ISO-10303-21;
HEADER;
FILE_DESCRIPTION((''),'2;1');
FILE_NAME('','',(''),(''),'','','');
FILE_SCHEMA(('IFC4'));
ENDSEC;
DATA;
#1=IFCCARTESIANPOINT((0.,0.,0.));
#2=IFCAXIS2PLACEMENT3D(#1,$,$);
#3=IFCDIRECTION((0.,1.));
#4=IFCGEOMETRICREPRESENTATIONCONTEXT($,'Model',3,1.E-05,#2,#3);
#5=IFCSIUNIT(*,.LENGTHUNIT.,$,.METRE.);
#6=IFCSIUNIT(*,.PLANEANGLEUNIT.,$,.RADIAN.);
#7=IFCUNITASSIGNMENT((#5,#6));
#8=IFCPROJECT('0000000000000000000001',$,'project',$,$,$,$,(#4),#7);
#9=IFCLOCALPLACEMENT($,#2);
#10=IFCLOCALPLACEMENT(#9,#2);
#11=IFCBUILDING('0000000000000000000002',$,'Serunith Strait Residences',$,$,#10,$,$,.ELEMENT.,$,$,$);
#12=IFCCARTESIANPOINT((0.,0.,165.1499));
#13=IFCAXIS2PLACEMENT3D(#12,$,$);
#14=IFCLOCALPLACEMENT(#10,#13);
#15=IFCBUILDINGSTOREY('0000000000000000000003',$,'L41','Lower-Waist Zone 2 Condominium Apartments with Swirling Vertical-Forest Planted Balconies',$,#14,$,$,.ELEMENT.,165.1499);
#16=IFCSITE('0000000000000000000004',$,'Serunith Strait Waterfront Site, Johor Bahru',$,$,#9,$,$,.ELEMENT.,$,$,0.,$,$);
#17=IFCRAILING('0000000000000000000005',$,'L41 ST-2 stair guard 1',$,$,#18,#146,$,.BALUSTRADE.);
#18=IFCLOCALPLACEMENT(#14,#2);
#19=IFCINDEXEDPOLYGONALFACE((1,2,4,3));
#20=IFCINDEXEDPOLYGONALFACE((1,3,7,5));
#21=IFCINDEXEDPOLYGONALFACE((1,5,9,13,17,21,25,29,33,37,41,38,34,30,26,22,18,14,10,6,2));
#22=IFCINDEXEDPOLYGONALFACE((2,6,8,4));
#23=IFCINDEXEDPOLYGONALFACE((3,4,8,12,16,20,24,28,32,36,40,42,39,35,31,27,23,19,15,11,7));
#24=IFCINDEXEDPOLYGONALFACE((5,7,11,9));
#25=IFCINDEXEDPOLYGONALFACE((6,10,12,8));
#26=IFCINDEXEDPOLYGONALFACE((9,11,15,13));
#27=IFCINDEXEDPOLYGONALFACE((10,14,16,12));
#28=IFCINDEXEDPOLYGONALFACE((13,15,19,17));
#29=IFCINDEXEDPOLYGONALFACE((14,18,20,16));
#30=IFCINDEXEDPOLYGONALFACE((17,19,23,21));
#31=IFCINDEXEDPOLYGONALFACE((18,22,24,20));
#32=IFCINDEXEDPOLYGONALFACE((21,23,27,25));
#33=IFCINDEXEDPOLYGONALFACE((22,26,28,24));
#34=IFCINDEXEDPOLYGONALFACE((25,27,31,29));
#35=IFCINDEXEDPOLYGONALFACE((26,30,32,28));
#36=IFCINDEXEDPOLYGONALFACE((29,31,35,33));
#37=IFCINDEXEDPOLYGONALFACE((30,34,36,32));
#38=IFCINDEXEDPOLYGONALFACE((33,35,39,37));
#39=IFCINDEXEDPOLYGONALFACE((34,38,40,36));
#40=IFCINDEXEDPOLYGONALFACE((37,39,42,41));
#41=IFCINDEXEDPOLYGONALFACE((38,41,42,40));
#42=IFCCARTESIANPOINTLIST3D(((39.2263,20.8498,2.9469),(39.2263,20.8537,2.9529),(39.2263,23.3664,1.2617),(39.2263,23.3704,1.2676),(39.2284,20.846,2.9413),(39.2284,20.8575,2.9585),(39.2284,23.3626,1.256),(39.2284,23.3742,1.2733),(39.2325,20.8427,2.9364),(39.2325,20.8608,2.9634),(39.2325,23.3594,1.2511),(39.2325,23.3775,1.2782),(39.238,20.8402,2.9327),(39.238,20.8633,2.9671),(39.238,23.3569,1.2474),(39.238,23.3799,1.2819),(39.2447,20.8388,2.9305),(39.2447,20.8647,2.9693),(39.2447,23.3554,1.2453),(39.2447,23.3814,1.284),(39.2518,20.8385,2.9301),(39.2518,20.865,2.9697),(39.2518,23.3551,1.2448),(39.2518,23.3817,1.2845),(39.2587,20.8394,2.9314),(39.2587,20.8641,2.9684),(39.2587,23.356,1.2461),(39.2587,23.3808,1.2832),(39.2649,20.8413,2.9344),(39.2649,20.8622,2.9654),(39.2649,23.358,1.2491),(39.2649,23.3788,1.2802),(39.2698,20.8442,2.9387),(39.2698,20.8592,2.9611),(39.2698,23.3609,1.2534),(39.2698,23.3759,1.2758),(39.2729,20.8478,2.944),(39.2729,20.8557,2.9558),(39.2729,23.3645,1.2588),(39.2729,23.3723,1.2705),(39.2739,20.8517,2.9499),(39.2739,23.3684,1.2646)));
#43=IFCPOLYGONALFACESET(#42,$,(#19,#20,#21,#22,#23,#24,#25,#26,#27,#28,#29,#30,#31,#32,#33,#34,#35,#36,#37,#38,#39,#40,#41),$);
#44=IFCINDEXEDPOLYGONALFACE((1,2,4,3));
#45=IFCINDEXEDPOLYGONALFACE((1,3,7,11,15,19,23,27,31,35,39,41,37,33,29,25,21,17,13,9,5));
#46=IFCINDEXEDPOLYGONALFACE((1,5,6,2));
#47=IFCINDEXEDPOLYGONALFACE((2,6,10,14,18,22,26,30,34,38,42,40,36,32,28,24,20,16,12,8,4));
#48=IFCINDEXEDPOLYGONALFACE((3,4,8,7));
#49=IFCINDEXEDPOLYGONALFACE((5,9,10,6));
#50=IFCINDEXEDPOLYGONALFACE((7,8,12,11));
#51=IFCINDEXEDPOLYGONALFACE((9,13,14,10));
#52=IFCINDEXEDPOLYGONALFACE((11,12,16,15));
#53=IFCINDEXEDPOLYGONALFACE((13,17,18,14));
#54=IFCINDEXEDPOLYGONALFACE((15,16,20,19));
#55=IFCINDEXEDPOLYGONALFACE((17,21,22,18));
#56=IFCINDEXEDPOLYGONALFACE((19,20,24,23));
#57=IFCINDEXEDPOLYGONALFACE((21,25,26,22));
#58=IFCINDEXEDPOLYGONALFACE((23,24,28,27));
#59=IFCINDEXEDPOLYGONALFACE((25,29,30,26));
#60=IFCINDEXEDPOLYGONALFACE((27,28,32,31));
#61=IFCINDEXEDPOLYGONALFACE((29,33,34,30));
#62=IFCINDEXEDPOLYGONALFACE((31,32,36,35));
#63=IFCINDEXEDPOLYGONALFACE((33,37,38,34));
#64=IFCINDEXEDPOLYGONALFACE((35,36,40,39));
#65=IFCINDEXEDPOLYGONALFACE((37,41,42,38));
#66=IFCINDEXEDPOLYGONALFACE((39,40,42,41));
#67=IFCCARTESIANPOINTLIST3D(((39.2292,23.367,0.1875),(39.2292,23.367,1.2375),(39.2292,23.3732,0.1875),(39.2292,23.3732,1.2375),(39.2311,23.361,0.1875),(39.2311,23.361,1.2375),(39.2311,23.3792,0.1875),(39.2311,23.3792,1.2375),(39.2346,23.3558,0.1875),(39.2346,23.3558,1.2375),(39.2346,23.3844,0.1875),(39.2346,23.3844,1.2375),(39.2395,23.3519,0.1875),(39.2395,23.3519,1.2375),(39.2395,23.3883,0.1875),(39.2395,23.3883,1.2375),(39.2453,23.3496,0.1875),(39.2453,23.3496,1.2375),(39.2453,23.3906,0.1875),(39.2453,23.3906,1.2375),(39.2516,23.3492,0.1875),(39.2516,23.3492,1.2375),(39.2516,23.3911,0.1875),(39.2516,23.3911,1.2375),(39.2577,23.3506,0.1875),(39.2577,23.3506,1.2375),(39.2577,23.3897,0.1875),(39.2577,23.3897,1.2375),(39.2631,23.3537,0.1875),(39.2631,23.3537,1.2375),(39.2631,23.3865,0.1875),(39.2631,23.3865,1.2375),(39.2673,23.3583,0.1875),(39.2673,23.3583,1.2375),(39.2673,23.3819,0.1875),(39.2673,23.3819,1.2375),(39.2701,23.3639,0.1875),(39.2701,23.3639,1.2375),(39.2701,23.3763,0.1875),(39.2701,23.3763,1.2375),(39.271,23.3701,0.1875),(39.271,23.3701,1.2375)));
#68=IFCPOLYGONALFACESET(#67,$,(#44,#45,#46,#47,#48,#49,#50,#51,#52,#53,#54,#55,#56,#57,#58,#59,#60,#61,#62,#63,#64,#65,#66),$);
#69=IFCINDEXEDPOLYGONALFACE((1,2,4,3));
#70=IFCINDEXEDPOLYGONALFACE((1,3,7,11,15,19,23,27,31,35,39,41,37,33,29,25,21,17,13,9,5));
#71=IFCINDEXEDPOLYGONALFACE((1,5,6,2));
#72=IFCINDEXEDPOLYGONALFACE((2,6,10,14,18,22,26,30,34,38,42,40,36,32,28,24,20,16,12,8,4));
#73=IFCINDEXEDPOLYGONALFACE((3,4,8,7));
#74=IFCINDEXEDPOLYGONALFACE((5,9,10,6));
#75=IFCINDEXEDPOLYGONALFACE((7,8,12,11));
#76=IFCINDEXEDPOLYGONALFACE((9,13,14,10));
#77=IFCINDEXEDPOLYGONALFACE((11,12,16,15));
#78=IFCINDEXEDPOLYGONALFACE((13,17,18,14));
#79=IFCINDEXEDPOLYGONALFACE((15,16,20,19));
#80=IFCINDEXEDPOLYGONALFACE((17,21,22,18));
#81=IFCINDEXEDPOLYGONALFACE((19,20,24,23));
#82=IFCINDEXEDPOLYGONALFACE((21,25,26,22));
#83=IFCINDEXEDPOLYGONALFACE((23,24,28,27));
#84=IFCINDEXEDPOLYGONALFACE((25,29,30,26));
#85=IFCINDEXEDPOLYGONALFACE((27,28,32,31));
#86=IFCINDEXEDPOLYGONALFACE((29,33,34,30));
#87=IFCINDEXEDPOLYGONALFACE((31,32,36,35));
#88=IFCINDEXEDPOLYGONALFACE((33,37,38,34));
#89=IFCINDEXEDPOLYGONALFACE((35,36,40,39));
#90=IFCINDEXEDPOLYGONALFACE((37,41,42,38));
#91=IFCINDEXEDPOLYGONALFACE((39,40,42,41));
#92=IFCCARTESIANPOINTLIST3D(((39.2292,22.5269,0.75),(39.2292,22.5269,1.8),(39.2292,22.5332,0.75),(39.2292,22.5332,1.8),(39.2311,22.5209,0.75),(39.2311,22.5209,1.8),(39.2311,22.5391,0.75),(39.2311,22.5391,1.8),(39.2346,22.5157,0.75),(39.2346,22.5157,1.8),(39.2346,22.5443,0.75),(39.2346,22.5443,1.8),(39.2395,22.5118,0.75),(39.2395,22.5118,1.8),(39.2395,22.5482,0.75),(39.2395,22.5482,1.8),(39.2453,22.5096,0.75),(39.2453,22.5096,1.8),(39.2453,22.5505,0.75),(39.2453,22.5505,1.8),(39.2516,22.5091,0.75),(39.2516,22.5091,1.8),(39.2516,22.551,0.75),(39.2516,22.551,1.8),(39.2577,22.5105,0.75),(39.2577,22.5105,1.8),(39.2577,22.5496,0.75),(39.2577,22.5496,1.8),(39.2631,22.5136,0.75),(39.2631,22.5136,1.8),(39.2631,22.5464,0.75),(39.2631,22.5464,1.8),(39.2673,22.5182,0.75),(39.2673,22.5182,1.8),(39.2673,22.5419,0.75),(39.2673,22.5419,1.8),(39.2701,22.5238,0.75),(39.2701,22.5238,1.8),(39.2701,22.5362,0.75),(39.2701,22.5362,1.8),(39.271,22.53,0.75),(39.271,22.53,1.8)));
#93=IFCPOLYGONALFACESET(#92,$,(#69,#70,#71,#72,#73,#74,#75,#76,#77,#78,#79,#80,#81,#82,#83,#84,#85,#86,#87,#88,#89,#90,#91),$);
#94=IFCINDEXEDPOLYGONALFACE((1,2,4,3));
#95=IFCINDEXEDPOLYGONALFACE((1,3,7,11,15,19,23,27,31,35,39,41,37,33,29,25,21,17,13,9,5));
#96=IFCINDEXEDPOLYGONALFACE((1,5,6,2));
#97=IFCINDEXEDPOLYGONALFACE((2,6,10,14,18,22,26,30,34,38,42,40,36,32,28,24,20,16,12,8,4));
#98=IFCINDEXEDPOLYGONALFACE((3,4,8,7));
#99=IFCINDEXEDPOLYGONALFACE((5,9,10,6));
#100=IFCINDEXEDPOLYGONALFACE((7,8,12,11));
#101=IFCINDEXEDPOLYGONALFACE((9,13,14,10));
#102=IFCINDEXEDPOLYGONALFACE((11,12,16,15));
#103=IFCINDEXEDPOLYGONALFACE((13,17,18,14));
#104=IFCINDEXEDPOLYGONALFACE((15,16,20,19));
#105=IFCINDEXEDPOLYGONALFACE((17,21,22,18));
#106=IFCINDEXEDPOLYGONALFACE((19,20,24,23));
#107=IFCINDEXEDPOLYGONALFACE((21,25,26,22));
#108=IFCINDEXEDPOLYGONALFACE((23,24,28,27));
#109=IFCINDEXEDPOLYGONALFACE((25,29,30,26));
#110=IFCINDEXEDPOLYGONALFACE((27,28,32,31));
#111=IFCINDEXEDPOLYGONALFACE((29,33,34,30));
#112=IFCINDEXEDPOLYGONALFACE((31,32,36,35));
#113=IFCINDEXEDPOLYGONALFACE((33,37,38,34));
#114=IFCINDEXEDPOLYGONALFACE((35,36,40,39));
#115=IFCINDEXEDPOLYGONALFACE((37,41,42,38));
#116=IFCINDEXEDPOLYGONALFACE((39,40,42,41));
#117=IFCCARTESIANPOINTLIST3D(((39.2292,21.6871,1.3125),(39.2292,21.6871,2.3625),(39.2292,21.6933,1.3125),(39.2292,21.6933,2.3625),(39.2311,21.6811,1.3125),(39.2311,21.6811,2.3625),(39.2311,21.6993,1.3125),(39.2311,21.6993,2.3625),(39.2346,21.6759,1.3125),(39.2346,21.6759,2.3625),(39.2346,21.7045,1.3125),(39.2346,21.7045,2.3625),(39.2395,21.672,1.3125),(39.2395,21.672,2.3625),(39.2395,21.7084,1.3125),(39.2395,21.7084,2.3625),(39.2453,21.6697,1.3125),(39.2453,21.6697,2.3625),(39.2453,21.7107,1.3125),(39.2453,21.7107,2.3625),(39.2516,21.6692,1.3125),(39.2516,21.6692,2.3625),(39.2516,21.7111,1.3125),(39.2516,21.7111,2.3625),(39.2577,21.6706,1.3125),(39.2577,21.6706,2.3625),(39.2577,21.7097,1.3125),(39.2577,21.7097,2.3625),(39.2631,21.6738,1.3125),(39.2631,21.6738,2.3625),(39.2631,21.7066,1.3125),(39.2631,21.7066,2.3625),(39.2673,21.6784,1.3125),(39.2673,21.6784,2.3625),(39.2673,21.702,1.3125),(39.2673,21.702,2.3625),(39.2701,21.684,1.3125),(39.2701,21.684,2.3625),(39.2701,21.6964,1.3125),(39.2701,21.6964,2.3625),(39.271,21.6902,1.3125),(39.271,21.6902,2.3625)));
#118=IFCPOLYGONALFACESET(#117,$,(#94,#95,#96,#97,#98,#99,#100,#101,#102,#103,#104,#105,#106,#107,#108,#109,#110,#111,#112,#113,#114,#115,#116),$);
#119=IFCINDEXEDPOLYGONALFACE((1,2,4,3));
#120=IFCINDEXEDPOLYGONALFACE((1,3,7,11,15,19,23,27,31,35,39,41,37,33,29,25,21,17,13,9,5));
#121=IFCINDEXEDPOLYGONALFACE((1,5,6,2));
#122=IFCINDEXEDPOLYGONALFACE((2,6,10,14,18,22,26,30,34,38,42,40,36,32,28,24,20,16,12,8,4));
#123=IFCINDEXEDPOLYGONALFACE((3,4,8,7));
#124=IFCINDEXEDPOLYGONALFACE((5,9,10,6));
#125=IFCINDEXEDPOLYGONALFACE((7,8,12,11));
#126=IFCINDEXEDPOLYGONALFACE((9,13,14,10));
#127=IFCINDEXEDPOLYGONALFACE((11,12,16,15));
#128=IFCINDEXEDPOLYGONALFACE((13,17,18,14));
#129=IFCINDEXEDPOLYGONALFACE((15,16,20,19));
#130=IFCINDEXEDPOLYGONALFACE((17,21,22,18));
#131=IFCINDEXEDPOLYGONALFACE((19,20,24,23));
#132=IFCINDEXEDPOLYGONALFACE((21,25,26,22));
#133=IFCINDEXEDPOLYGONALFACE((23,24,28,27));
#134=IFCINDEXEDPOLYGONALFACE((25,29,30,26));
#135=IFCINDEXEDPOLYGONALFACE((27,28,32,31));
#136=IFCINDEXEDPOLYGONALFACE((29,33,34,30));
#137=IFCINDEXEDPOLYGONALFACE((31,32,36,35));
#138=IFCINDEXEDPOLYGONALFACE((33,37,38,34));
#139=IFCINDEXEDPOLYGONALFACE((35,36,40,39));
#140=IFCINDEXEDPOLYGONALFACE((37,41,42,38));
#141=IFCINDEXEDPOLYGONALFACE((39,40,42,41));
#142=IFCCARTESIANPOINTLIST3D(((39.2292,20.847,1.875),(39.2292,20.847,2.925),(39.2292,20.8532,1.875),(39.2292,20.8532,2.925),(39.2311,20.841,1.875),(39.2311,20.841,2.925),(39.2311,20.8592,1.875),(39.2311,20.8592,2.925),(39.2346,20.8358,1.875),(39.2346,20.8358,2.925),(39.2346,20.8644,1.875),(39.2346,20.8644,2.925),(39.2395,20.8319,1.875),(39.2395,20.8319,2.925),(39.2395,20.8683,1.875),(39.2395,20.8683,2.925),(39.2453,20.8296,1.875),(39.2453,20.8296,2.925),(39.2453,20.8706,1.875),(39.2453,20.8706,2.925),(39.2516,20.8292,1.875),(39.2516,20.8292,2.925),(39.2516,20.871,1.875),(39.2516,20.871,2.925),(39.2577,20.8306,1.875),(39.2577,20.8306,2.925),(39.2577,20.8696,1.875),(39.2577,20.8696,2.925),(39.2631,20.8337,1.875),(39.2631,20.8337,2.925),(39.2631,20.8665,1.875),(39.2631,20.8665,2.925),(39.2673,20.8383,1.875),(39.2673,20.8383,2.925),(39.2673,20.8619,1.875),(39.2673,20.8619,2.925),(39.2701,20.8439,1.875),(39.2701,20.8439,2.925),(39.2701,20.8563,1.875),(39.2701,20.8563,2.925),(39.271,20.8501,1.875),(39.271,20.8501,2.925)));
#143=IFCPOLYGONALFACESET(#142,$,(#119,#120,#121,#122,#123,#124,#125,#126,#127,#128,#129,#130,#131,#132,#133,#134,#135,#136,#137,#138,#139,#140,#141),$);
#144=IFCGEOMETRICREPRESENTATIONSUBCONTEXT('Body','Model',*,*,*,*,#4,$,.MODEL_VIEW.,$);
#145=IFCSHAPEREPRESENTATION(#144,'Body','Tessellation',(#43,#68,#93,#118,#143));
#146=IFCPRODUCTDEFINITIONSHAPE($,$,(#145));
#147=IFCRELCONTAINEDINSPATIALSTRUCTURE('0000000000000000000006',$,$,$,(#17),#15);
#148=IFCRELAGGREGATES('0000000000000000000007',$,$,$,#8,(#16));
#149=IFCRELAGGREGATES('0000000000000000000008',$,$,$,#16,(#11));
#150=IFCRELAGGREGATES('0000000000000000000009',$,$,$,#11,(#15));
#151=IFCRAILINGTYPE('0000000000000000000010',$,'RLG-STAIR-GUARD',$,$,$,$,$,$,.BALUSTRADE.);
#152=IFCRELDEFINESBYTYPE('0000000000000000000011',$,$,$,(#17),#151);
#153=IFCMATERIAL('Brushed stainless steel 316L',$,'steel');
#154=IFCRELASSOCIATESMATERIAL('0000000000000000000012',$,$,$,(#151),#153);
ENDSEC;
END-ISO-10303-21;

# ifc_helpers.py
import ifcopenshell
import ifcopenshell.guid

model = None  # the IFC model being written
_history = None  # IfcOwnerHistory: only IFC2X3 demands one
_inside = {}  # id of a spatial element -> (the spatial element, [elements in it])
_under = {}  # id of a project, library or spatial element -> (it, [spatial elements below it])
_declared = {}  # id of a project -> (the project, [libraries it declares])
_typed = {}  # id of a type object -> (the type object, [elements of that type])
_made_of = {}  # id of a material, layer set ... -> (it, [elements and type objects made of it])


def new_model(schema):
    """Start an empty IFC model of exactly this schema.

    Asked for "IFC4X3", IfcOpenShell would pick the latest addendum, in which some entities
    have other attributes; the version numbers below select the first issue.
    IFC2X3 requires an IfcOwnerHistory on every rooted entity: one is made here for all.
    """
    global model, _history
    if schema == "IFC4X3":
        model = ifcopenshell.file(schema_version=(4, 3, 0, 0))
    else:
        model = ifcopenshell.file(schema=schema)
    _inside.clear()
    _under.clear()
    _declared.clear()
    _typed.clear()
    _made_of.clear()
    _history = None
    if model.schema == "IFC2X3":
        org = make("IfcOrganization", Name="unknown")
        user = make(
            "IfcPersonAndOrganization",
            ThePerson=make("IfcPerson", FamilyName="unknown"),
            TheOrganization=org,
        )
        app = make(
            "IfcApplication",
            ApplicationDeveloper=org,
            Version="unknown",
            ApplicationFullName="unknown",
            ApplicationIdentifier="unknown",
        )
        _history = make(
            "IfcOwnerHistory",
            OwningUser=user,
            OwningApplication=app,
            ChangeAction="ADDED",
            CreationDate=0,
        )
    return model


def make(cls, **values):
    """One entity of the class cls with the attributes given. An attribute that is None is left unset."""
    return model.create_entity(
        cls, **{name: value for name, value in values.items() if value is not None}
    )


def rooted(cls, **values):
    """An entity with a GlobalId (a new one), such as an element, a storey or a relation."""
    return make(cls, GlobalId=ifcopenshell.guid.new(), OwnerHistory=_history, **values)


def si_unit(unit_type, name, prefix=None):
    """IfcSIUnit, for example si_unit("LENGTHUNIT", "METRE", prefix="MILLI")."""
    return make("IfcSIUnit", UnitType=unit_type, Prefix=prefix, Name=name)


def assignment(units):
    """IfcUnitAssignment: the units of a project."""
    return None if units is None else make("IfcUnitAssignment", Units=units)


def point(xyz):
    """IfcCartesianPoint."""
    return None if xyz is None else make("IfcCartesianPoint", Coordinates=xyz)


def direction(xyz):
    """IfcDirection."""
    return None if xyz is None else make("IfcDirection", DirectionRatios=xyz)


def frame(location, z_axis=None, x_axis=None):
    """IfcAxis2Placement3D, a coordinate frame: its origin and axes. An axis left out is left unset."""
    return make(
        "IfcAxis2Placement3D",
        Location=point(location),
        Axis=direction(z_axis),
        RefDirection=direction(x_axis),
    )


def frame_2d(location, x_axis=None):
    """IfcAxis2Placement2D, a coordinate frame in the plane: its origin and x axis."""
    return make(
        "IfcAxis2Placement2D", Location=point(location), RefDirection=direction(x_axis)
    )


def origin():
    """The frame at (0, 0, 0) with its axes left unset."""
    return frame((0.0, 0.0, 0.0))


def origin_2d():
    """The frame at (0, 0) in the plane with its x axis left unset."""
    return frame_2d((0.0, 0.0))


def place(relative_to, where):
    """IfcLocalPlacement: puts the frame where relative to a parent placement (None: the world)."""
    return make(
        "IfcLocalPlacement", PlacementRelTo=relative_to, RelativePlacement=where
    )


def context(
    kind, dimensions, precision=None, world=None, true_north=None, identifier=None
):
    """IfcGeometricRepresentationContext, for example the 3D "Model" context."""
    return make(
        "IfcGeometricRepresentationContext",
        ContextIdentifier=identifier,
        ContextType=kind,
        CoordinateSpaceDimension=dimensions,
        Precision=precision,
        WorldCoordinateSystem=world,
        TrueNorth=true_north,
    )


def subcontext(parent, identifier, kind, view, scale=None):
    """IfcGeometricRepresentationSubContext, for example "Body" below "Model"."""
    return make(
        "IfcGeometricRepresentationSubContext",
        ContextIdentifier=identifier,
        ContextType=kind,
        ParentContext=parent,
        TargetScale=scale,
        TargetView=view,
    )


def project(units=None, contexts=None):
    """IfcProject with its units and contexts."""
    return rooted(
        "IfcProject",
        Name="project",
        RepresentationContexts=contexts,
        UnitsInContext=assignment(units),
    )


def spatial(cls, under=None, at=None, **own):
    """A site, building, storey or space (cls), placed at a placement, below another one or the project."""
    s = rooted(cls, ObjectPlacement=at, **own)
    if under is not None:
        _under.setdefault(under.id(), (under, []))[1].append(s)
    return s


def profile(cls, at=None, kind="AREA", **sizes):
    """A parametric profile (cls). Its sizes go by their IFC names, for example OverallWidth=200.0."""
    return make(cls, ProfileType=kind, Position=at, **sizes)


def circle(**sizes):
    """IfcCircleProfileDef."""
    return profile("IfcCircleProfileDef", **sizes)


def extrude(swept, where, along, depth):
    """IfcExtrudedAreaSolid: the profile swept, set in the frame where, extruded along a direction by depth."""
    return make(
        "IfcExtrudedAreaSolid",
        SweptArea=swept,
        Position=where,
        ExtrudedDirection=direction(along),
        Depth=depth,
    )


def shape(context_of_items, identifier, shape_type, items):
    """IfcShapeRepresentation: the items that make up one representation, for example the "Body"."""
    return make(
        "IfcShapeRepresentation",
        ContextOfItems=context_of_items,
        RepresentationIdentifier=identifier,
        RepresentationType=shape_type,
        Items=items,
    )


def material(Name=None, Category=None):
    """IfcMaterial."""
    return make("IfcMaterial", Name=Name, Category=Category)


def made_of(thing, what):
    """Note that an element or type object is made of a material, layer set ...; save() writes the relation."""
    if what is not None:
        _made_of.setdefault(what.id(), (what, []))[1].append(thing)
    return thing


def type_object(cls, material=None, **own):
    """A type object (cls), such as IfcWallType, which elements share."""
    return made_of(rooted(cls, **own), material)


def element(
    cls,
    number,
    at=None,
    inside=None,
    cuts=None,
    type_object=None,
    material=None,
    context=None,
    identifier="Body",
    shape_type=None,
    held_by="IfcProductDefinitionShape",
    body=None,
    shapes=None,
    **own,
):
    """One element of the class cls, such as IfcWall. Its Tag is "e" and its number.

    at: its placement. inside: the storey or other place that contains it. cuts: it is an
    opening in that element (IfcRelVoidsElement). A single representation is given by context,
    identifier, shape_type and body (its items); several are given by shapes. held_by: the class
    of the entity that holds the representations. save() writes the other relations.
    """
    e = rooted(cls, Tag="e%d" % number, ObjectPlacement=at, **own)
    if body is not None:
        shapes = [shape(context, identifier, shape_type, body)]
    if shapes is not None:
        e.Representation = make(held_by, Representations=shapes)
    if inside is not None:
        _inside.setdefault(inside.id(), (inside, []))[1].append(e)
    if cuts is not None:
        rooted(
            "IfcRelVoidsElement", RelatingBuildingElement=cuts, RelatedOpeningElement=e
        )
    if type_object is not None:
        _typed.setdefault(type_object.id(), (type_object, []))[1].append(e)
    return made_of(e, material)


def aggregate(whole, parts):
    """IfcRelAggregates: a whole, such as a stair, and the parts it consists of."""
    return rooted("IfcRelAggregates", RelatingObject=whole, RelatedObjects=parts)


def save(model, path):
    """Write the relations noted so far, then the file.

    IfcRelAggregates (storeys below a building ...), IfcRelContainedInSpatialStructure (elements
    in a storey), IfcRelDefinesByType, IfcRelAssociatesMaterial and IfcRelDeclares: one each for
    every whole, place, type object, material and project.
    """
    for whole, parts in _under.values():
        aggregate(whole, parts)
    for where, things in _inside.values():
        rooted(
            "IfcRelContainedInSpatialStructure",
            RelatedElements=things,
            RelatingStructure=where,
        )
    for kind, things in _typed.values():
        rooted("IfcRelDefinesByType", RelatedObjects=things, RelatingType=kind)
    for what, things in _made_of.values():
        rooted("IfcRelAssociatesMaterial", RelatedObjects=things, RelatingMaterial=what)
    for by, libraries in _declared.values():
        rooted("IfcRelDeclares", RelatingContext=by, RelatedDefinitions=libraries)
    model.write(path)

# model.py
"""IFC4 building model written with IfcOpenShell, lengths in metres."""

from ifc_helpers import new_model, si_unit, direction, frame, origin, origin_2d, place, context, subcontext, project, spatial, circle, extrude, material, type_object, element, save


model = new_model("IFC4")

# Units and contexts
model_context = context("Model", 3, precision=1e-05, world=origin(), true_north=direction((0.0, 1.0)))
body_context = subcontext(model_context, "Body", "Model", "MODEL_VIEW")
ifc_project = project(units=[si_unit("LENGTHUNIT", "METRE"), si_unit("PLANEANGLEUNIT", "RADIAN")], contexts=[model_context])

# Site, building, storey
site_placement = place(None, origin())
site = spatial("IfcSite", under=ifc_project, at=site_placement, Name="Serunith Strait Waterfront Site, Johor Bahru", CompositionType="ELEMENT", RefElevation=0.0)
building_placement = place(site_placement, origin())
building = spatial("IfcBuilding", under=site, at=building_placement, Name="Serunith Strait Residences", CompositionType="ELEMENT")
storey_placement = place(building_placement, frame((0.0, 0.0, 165.1499)))
storey = spatial("IfcBuildingStorey", under=building, at=storey_placement, Name="L41", Description="Lower-Waist Zone 2 Condominium Apartments with Swirling Vertical-Forest Planted Balconies", CompositionType="ELEMENT", Elevation=165.1499)

# Railing
ifc_material_1 = material(Name="Brushed stainless steel 316L", Category="steel")
railing_type = type_object("IfcRailingType", Name="RLG-STAIR-GUARD", PredefinedType="BALUSTRADE", material=ifc_material_1)
railing_1_placement = place(storey_placement, frame((39.25, 23.3701, 0.1875)))
element("IfcRailing", 1, at=railing_1_placement, inside=storey, type_object=railing_type, Name="L41 ST-2 stair guard 1", PredefinedType="BALUSTRADE", context=body_context, shape_type="SweptSolid", body=[
    extrude(circle(Radius=0.0239, at=origin_2d()), frame((0.0, -0.0017, 1.0771), z_axis=(0.0, -0.830909, 0.556408), x_axis=(1.0, 0.0, 0.0)), (0.0, 0.0, 1.0), 3.0288),
    extrude(circle(Radius=0.021, at=origin_2d()), origin(), (0.0, 0.0, 1.0), 1.05),
    extrude(circle(Radius=0.021, at=origin_2d()), frame((0.0, -0.8401, 0.5625)), (0.0, 0.0, 1.0), 1.05),
    extrude(circle(Radius=0.021, at=origin_2d()), frame((0.0, -1.6799, 1.125)), (0.0, 0.0, 1.0), 1.05),
    extrude(circle(Radius=0.021, at=origin_2d()), frame((0.0, -2.52, 1.6875)), (0.0, 0.0, 1.0), 1.05),
])

save(model, "model.ifc")
